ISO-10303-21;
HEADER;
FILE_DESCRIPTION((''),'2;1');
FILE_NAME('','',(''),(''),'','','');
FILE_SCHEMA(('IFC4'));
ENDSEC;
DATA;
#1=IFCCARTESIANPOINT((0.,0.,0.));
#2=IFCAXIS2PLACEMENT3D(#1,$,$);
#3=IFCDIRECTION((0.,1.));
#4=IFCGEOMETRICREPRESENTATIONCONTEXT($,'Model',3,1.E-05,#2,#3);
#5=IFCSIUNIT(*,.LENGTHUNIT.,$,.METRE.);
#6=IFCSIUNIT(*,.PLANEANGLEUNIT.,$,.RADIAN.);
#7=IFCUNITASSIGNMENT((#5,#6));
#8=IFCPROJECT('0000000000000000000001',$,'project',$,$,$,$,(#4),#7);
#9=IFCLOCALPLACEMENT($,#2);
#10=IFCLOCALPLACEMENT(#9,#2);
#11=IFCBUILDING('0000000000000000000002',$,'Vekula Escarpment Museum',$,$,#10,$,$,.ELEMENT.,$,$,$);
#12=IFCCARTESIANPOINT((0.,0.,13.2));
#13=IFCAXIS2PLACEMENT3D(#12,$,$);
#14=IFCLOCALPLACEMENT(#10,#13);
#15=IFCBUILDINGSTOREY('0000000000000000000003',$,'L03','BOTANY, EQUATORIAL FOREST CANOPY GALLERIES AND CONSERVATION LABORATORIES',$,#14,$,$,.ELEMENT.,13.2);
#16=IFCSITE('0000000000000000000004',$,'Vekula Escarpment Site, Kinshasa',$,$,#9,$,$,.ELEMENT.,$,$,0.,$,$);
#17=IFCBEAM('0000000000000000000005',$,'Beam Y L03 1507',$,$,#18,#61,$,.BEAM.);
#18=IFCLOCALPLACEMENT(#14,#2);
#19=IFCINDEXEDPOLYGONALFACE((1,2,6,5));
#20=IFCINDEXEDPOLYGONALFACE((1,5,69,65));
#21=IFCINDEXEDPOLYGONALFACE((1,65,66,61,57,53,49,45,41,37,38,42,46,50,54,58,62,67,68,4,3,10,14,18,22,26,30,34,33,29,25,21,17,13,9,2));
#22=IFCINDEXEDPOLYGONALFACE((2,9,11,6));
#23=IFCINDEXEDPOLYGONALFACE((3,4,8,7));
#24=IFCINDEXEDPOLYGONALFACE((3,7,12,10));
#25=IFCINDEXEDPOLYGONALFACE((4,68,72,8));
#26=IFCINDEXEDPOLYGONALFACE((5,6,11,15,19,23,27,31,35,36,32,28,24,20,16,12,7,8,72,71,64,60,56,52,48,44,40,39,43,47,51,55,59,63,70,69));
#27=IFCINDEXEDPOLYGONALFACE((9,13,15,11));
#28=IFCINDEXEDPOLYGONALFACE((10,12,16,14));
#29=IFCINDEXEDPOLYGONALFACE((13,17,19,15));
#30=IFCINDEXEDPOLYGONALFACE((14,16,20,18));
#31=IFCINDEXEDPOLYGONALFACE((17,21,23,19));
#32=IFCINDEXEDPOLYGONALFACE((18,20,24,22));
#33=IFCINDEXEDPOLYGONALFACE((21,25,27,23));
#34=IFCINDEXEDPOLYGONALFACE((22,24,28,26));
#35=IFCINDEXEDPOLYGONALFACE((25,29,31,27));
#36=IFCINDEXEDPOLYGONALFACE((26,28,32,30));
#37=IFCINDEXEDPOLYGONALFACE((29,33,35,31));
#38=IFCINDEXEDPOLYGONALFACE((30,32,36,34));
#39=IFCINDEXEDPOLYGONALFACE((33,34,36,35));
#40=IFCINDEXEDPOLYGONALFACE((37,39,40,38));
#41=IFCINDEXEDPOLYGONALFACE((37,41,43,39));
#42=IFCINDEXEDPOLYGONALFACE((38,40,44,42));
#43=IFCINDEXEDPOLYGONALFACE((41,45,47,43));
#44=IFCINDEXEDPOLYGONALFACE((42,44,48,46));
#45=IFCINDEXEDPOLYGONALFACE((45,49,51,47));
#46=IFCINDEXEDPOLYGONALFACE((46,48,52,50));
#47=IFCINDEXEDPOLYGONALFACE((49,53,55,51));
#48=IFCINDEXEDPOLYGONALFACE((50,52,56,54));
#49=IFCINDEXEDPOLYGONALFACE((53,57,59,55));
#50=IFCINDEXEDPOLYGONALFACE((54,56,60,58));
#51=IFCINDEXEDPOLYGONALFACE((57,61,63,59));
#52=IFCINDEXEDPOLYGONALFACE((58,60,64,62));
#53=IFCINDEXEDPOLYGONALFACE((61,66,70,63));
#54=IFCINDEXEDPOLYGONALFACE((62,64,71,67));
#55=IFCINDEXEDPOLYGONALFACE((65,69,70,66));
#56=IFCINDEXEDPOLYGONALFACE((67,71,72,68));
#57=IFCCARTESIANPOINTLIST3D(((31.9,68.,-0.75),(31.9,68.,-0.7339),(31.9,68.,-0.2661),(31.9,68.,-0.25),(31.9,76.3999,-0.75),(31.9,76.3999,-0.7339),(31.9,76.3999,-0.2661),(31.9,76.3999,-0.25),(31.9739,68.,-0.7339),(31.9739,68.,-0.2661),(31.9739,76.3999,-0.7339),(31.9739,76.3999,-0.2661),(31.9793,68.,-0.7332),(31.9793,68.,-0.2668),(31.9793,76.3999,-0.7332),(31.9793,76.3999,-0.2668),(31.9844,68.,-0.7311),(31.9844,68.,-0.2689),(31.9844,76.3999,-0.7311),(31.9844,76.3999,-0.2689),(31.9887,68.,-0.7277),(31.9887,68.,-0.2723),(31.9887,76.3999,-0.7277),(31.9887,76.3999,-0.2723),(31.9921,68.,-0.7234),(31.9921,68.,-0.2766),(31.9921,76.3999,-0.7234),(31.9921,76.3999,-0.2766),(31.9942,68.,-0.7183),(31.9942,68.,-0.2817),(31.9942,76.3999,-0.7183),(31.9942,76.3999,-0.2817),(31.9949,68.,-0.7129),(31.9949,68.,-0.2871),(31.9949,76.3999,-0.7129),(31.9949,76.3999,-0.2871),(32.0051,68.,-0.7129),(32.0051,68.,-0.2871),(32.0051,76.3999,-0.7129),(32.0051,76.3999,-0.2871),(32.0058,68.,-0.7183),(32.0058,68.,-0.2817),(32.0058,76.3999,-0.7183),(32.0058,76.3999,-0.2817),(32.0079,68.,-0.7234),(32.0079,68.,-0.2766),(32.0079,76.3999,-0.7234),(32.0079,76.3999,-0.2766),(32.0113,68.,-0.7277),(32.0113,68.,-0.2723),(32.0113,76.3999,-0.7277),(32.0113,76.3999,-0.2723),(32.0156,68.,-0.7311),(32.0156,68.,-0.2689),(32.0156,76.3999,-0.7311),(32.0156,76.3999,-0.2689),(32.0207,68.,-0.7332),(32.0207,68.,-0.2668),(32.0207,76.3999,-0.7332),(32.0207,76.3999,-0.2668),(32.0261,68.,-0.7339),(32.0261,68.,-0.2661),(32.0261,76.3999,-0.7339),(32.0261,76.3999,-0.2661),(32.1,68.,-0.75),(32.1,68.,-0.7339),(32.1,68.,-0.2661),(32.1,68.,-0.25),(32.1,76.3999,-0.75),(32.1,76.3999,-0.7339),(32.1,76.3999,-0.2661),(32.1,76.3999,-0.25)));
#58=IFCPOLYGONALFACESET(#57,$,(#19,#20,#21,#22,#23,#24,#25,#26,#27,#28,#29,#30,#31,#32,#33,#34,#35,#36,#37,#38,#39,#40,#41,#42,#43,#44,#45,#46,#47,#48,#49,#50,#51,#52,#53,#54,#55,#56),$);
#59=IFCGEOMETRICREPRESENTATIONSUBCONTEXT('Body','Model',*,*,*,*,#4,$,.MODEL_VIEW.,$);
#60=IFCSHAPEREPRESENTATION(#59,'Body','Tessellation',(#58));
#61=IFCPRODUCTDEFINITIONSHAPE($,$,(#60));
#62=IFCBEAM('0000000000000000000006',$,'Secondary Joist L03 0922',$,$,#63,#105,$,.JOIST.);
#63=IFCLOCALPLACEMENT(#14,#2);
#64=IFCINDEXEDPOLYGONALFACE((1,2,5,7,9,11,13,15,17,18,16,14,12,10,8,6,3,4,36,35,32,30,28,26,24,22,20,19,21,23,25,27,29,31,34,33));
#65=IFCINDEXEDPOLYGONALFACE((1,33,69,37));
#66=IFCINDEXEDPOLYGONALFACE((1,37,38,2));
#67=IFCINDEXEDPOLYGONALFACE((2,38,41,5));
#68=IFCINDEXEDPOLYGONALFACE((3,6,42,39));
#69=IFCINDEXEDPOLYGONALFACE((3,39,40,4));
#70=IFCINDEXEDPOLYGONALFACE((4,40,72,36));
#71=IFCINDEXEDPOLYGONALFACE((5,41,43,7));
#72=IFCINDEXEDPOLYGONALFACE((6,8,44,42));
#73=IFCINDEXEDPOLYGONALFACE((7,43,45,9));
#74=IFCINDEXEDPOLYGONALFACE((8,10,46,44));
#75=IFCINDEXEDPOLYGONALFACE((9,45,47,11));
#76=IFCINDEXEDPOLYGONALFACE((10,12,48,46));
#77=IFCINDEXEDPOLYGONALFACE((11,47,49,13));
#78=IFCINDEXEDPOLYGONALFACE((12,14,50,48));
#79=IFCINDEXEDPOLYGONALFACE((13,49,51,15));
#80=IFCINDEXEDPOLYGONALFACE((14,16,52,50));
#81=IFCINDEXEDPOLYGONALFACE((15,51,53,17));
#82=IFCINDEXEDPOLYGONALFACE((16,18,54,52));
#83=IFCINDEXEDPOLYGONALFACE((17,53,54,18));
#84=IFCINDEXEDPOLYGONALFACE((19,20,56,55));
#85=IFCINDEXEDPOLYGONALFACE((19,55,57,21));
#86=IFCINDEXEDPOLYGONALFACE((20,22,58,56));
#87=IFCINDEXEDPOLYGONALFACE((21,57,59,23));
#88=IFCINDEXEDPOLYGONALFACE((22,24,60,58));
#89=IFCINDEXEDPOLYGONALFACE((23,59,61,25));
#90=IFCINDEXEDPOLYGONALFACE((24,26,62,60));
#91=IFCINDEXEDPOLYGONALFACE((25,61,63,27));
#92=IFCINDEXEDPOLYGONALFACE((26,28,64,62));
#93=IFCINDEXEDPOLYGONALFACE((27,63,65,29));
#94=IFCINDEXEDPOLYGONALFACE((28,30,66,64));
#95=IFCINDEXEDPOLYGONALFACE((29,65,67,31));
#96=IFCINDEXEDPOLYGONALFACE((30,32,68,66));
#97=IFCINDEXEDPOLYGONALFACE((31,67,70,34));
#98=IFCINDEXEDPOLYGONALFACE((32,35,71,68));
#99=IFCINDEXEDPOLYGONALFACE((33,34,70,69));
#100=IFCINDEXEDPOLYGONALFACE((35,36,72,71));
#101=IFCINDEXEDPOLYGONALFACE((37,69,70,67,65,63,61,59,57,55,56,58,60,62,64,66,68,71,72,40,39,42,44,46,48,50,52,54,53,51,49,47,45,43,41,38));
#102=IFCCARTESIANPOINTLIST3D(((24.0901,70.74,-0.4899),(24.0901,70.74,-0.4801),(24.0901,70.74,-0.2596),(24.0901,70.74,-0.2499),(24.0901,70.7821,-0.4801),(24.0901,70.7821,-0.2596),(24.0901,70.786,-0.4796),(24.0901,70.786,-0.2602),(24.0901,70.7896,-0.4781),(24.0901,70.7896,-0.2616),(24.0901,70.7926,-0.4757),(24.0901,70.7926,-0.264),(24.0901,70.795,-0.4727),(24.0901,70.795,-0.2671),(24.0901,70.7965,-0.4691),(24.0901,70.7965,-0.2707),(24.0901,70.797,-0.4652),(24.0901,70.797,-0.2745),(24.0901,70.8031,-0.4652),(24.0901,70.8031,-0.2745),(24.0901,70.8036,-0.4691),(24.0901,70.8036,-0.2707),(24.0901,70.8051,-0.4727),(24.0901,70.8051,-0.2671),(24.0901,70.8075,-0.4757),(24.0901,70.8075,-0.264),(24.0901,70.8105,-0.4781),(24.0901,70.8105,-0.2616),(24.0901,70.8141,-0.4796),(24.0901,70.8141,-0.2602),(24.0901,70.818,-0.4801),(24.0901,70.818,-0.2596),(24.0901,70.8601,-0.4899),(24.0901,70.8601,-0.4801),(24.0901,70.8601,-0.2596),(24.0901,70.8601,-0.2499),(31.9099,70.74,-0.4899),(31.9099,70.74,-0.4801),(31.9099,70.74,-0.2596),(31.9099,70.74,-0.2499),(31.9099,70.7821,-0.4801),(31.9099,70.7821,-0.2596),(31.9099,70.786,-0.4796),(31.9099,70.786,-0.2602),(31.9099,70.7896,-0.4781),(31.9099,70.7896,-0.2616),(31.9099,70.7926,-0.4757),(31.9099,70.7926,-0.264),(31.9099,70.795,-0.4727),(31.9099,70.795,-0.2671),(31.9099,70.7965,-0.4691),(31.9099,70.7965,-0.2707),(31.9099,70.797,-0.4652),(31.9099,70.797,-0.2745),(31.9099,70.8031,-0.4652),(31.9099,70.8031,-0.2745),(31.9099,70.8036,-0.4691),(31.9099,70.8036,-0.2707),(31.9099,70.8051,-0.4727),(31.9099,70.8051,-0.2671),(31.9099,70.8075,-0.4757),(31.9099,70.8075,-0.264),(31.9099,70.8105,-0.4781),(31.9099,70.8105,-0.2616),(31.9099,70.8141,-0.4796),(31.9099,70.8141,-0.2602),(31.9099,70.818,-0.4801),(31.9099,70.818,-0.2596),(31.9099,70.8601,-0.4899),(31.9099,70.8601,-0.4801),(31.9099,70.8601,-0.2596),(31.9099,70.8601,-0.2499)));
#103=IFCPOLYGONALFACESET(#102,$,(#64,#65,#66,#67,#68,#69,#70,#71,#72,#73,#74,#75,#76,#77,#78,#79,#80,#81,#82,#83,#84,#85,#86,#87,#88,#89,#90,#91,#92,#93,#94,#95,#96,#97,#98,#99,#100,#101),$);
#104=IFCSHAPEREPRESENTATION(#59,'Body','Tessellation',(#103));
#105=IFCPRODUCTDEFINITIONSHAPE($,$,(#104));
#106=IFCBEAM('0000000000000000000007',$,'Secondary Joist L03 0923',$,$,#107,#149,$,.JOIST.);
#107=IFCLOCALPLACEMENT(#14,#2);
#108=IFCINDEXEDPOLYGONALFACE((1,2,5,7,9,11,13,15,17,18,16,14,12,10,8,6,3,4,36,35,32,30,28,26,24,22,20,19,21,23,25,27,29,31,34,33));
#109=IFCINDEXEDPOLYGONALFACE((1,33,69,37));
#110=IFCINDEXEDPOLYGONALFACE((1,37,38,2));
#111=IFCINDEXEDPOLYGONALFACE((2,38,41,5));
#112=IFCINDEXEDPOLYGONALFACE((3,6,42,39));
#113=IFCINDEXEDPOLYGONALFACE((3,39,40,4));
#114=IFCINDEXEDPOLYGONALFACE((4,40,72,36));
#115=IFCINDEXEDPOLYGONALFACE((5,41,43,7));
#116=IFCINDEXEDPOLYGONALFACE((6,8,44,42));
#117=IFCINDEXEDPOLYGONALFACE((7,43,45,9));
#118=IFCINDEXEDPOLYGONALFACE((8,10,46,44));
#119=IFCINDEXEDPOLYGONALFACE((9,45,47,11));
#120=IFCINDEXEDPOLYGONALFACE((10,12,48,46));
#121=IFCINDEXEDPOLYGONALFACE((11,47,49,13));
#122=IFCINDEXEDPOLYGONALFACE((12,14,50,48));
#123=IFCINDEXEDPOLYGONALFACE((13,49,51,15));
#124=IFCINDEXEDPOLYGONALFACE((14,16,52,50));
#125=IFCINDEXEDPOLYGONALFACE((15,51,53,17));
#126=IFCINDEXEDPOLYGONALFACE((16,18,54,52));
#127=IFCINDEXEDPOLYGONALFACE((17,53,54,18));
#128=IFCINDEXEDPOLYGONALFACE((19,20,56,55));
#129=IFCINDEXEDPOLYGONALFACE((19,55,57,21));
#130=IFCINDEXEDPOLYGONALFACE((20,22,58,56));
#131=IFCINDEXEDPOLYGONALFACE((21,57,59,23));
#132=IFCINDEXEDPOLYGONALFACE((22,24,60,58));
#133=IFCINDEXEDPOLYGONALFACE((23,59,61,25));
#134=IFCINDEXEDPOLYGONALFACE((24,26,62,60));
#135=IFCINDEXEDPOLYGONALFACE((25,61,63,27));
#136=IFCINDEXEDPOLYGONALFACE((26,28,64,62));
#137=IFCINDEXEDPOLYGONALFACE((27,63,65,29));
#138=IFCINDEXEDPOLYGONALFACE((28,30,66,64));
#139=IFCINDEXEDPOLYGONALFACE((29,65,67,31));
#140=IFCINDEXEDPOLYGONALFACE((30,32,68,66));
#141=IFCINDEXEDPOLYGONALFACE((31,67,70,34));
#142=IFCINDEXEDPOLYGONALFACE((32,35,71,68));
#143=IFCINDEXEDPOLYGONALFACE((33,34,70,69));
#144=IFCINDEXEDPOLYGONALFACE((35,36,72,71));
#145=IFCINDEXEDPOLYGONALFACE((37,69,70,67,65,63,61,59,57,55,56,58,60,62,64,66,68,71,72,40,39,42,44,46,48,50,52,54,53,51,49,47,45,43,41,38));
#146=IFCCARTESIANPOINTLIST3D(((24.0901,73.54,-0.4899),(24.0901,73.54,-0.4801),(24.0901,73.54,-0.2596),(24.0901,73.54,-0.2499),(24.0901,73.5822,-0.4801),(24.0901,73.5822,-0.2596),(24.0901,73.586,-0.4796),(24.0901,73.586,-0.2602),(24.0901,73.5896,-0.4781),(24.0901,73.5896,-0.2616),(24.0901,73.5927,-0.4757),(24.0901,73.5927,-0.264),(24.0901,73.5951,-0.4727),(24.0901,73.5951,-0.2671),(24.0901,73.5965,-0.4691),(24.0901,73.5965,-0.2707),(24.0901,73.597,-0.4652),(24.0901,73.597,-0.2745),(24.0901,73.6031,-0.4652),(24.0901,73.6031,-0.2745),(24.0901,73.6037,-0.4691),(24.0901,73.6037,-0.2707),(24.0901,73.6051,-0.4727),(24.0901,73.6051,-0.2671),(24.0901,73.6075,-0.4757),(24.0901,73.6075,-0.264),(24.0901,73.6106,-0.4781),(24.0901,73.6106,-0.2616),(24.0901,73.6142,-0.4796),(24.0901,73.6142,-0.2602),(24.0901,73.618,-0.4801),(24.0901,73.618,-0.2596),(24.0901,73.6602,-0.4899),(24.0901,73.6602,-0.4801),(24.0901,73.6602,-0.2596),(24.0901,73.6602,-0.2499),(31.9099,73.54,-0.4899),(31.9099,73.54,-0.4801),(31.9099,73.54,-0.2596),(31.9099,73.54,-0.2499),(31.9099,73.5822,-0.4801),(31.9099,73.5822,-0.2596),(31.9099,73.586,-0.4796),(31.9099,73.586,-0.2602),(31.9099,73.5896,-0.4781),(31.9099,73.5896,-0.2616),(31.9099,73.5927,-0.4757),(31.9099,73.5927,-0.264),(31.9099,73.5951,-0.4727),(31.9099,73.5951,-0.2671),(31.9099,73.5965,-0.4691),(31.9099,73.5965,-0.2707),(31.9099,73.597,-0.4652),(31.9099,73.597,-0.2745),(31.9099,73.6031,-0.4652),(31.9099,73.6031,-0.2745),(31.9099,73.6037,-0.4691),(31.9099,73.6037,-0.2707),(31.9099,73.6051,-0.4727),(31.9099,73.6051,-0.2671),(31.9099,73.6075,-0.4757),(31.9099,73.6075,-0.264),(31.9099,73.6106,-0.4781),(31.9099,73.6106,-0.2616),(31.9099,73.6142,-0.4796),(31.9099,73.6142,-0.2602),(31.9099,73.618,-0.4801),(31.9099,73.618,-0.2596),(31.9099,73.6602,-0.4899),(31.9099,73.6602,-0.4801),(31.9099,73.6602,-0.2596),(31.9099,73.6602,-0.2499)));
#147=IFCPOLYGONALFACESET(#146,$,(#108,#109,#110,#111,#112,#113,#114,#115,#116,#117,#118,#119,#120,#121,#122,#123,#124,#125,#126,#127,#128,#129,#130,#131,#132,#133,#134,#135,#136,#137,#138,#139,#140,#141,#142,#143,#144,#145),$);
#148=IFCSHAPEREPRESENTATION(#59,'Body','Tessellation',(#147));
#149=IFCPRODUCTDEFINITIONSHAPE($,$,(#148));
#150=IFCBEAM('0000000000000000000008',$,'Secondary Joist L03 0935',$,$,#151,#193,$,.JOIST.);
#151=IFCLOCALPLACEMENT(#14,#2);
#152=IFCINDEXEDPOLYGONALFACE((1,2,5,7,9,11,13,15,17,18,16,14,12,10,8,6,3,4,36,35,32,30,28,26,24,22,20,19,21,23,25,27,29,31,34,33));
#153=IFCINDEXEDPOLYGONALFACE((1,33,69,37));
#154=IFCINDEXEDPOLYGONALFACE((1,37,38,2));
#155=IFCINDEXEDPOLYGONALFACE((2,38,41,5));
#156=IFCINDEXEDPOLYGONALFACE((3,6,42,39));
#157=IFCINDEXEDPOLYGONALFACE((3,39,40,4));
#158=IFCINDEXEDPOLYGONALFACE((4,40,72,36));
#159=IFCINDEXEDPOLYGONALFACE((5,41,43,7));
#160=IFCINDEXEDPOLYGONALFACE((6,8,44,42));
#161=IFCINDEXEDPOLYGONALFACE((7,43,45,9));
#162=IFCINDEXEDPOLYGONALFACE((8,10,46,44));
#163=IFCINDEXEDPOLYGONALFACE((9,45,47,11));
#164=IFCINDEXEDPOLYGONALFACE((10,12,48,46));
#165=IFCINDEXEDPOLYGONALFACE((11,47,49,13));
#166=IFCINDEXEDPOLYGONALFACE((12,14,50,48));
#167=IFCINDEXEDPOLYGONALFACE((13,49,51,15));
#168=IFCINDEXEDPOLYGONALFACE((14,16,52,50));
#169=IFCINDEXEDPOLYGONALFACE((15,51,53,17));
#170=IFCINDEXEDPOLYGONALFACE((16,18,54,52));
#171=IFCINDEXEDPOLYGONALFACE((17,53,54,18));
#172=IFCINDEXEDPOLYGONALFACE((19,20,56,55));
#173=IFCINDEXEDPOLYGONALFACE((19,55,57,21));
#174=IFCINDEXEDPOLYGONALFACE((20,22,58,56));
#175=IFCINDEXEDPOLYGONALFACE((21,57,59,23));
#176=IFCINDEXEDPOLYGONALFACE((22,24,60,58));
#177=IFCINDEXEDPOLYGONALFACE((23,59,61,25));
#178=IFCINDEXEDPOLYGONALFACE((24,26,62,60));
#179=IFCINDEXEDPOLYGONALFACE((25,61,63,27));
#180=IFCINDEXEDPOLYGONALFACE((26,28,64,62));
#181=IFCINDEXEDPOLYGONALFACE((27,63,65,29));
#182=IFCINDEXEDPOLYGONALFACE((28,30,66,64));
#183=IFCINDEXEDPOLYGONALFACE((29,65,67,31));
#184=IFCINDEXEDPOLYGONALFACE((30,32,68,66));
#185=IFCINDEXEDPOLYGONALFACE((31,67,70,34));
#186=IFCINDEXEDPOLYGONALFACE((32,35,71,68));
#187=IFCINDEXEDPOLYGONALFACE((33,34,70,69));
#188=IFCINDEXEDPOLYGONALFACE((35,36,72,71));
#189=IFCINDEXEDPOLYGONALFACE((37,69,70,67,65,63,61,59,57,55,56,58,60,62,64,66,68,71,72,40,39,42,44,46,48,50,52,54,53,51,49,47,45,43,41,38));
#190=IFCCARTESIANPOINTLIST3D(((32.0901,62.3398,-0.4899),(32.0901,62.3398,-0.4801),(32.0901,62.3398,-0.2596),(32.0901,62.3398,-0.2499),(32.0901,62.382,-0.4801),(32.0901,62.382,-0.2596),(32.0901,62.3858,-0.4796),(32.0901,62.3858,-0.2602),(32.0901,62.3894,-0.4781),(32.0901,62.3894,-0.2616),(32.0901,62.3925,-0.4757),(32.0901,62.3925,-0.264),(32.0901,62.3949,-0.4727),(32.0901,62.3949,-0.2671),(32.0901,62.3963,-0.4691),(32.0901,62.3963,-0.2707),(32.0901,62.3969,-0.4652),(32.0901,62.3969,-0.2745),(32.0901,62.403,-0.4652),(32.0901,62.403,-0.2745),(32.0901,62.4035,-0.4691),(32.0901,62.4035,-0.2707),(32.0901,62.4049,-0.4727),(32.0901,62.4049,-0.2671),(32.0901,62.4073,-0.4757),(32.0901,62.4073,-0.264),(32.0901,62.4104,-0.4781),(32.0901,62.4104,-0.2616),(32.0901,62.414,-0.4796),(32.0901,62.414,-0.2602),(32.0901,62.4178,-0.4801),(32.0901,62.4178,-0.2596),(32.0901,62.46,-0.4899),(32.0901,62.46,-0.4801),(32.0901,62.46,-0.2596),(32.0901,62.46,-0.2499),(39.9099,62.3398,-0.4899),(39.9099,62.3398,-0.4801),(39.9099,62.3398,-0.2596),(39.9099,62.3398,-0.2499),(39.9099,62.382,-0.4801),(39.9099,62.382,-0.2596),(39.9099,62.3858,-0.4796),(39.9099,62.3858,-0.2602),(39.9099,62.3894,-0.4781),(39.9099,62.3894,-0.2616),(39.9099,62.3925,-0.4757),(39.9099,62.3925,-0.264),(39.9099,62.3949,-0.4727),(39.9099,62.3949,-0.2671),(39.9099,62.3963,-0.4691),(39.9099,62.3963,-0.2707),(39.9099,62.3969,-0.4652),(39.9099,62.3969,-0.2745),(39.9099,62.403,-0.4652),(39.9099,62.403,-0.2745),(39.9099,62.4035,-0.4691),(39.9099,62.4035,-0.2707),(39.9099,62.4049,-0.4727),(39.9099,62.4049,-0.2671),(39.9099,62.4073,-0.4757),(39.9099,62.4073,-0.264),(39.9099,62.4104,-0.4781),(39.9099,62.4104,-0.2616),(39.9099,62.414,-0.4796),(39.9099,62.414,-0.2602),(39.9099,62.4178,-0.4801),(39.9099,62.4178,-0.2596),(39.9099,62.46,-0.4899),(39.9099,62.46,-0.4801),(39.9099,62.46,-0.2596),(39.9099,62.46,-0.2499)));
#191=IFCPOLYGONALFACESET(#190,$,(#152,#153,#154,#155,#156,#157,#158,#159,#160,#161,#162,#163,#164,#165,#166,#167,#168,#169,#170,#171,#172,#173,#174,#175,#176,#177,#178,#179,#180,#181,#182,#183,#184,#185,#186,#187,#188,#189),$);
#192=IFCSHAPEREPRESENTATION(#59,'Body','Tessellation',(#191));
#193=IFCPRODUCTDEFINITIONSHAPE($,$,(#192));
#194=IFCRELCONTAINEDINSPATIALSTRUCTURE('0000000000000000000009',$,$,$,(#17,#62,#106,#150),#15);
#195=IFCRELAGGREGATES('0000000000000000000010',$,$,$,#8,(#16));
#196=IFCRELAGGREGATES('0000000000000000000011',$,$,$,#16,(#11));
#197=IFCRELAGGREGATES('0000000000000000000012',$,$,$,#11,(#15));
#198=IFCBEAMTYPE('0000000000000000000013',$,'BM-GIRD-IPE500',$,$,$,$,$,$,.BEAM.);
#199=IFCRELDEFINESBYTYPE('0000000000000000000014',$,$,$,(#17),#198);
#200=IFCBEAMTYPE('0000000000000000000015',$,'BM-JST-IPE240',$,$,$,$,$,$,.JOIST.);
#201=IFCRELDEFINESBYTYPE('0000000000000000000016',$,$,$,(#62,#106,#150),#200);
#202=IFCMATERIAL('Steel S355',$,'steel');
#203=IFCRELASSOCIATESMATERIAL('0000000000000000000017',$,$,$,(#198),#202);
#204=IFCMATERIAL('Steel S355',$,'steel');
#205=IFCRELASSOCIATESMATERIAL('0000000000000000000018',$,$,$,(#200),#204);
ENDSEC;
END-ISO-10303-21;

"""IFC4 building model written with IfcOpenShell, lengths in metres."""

from ifc_helpers import new_model, si_unit, direction, frame, origin, origin_2d, place, context, subcontext, project, spatial, i_section, extrude, material, material_profile, profile_set, type_object, element, save


model = new_model("IFC4")

# Units and contexts
model_context = context("Model", 3, precision=1e-05, world=origin(), true_north=direction((0.0, 1.0)))
body_context = subcontext(model_context, "Body", "Model", "MODEL_VIEW")
ifc_project = project(units=[si_unit("LENGTHUNIT", "METRE"), si_unit("PLANEANGLEUNIT", "RADIAN")], contexts=[model_context])

# Site, building, storey
site_placement = place(None, origin())
site = spatial("IfcSite", under=ifc_project, at=site_placement, Name="Vekula Escarpment Site, Kinshasa", CompositionType="ELEMENT", RefElevation=0.0)
building_placement = place(site_placement, origin())
building = spatial("IfcBuilding", under=site, at=building_placement, Name="Vekula Escarpment Museum", CompositionType="ELEMENT")
storey_placement = place(building_placement, frame((0.0, 0.0, 13.2)))
storey = spatial("IfcBuildingStorey", under=building, at=storey_placement, Name="L03", Description="BOTANY, EQUATORIAL FOREST CANOPY GALLERIES AND CONSERVATION LABORATORIES", CompositionType="ELEMENT", Elevation=13.2)

# Beams
ifc_material_1 = material(Name="Steel S355", Category="steel")
ifc_material_profile_1 = material_profile(ifc_material_1, i_section(OverallWidth=0.2, OverallDepth=0.5, WebThickness=0.0103, FlangeThickness=0.0161, FilletRadius=0.021, at=origin_2d()), Name="IPE 500")
ifc_profile_set_1 = profile_set([ifc_material_profile_1], Name="Steel S355")
beam_type_1 = type_object("IfcBeamType", Name="BM-GIRD-IPE500", PredefinedType="BEAM", material=ifc_profile_set_1)
beam_1_placement = place(storey_placement, frame((32.0, 68.0, -0.5), z_axis=(0.0, 1.0, 0.0), x_axis=(-1.0, 0.0, 0.0)))
element("IfcBeam", 1, at=beam_1_placement, inside=storey, type_object=beam_type_1, Name="Beam Y L03 1507", PredefinedType="BEAM", context=body_context, shape_type="SweptSolid", body=[
    extrude(i_section(OverallWidth=0.2, OverallDepth=0.5, WebThickness=0.0103, FlangeThickness=0.0161, FilletRadius=0.021, at=origin_2d()), origin(), (0.0, 0.0, 1.0), 8.3999),
])
ifc_material_2 = material(Name="Steel S355", Category="steel")
ifc_material_profile_2 = material_profile(ifc_material_2, i_section(OverallWidth=0.1201, OverallDepth=0.24, WebThickness=0.0061, FlangeThickness=0.0098, FilletRadius=0.0149, at=origin_2d()), Name="IPE 240")
ifc_profile_set_2 = profile_set([ifc_material_profile_2], Name="Steel S355")
beam_type_2 = type_object("IfcBeamType", Name="BM-JST-IPE240", PredefinedType="JOIST", material=ifc_profile_set_2)
for number, where, z_axis, x_axis, name in (
    (2, (24.0901, 70.8, -0.3699), (1.0, 0.0, 0.0), (0.0, 1.0, 0.0), "Secondary Joist L03 0922"),
    (3, (24.0901, 73.6001, -0.3699), (1.0, 0.0, 0.0), (0.0, 1.0, 0.0), "Secondary Joist L03 0923"),
    (4, (32.0901, 62.3999, -0.3699), (1.0, 0.0, 0.0), (0.0, 1.0, 0.0), "Secondary Joist L03 0935"),
):
    element("IfcBeam", number, at=place(storey_placement, frame(where, z_axis=z_axis, x_axis=x_axis)), inside=storey, type_object=beam_type_2, Name=name, PredefinedType="JOIST", context=body_context, shape_type="SweptSolid", body=[
        extrude(i_section(OverallWidth=0.1201, OverallDepth=0.24, WebThickness=0.0061, FlangeThickness=0.0098, FilletRadius=0.0149, at=origin_2d()), origin(), (0.0, 0.0, 1.0), 7.8198),
    ])

save(model, "model.ifc")
